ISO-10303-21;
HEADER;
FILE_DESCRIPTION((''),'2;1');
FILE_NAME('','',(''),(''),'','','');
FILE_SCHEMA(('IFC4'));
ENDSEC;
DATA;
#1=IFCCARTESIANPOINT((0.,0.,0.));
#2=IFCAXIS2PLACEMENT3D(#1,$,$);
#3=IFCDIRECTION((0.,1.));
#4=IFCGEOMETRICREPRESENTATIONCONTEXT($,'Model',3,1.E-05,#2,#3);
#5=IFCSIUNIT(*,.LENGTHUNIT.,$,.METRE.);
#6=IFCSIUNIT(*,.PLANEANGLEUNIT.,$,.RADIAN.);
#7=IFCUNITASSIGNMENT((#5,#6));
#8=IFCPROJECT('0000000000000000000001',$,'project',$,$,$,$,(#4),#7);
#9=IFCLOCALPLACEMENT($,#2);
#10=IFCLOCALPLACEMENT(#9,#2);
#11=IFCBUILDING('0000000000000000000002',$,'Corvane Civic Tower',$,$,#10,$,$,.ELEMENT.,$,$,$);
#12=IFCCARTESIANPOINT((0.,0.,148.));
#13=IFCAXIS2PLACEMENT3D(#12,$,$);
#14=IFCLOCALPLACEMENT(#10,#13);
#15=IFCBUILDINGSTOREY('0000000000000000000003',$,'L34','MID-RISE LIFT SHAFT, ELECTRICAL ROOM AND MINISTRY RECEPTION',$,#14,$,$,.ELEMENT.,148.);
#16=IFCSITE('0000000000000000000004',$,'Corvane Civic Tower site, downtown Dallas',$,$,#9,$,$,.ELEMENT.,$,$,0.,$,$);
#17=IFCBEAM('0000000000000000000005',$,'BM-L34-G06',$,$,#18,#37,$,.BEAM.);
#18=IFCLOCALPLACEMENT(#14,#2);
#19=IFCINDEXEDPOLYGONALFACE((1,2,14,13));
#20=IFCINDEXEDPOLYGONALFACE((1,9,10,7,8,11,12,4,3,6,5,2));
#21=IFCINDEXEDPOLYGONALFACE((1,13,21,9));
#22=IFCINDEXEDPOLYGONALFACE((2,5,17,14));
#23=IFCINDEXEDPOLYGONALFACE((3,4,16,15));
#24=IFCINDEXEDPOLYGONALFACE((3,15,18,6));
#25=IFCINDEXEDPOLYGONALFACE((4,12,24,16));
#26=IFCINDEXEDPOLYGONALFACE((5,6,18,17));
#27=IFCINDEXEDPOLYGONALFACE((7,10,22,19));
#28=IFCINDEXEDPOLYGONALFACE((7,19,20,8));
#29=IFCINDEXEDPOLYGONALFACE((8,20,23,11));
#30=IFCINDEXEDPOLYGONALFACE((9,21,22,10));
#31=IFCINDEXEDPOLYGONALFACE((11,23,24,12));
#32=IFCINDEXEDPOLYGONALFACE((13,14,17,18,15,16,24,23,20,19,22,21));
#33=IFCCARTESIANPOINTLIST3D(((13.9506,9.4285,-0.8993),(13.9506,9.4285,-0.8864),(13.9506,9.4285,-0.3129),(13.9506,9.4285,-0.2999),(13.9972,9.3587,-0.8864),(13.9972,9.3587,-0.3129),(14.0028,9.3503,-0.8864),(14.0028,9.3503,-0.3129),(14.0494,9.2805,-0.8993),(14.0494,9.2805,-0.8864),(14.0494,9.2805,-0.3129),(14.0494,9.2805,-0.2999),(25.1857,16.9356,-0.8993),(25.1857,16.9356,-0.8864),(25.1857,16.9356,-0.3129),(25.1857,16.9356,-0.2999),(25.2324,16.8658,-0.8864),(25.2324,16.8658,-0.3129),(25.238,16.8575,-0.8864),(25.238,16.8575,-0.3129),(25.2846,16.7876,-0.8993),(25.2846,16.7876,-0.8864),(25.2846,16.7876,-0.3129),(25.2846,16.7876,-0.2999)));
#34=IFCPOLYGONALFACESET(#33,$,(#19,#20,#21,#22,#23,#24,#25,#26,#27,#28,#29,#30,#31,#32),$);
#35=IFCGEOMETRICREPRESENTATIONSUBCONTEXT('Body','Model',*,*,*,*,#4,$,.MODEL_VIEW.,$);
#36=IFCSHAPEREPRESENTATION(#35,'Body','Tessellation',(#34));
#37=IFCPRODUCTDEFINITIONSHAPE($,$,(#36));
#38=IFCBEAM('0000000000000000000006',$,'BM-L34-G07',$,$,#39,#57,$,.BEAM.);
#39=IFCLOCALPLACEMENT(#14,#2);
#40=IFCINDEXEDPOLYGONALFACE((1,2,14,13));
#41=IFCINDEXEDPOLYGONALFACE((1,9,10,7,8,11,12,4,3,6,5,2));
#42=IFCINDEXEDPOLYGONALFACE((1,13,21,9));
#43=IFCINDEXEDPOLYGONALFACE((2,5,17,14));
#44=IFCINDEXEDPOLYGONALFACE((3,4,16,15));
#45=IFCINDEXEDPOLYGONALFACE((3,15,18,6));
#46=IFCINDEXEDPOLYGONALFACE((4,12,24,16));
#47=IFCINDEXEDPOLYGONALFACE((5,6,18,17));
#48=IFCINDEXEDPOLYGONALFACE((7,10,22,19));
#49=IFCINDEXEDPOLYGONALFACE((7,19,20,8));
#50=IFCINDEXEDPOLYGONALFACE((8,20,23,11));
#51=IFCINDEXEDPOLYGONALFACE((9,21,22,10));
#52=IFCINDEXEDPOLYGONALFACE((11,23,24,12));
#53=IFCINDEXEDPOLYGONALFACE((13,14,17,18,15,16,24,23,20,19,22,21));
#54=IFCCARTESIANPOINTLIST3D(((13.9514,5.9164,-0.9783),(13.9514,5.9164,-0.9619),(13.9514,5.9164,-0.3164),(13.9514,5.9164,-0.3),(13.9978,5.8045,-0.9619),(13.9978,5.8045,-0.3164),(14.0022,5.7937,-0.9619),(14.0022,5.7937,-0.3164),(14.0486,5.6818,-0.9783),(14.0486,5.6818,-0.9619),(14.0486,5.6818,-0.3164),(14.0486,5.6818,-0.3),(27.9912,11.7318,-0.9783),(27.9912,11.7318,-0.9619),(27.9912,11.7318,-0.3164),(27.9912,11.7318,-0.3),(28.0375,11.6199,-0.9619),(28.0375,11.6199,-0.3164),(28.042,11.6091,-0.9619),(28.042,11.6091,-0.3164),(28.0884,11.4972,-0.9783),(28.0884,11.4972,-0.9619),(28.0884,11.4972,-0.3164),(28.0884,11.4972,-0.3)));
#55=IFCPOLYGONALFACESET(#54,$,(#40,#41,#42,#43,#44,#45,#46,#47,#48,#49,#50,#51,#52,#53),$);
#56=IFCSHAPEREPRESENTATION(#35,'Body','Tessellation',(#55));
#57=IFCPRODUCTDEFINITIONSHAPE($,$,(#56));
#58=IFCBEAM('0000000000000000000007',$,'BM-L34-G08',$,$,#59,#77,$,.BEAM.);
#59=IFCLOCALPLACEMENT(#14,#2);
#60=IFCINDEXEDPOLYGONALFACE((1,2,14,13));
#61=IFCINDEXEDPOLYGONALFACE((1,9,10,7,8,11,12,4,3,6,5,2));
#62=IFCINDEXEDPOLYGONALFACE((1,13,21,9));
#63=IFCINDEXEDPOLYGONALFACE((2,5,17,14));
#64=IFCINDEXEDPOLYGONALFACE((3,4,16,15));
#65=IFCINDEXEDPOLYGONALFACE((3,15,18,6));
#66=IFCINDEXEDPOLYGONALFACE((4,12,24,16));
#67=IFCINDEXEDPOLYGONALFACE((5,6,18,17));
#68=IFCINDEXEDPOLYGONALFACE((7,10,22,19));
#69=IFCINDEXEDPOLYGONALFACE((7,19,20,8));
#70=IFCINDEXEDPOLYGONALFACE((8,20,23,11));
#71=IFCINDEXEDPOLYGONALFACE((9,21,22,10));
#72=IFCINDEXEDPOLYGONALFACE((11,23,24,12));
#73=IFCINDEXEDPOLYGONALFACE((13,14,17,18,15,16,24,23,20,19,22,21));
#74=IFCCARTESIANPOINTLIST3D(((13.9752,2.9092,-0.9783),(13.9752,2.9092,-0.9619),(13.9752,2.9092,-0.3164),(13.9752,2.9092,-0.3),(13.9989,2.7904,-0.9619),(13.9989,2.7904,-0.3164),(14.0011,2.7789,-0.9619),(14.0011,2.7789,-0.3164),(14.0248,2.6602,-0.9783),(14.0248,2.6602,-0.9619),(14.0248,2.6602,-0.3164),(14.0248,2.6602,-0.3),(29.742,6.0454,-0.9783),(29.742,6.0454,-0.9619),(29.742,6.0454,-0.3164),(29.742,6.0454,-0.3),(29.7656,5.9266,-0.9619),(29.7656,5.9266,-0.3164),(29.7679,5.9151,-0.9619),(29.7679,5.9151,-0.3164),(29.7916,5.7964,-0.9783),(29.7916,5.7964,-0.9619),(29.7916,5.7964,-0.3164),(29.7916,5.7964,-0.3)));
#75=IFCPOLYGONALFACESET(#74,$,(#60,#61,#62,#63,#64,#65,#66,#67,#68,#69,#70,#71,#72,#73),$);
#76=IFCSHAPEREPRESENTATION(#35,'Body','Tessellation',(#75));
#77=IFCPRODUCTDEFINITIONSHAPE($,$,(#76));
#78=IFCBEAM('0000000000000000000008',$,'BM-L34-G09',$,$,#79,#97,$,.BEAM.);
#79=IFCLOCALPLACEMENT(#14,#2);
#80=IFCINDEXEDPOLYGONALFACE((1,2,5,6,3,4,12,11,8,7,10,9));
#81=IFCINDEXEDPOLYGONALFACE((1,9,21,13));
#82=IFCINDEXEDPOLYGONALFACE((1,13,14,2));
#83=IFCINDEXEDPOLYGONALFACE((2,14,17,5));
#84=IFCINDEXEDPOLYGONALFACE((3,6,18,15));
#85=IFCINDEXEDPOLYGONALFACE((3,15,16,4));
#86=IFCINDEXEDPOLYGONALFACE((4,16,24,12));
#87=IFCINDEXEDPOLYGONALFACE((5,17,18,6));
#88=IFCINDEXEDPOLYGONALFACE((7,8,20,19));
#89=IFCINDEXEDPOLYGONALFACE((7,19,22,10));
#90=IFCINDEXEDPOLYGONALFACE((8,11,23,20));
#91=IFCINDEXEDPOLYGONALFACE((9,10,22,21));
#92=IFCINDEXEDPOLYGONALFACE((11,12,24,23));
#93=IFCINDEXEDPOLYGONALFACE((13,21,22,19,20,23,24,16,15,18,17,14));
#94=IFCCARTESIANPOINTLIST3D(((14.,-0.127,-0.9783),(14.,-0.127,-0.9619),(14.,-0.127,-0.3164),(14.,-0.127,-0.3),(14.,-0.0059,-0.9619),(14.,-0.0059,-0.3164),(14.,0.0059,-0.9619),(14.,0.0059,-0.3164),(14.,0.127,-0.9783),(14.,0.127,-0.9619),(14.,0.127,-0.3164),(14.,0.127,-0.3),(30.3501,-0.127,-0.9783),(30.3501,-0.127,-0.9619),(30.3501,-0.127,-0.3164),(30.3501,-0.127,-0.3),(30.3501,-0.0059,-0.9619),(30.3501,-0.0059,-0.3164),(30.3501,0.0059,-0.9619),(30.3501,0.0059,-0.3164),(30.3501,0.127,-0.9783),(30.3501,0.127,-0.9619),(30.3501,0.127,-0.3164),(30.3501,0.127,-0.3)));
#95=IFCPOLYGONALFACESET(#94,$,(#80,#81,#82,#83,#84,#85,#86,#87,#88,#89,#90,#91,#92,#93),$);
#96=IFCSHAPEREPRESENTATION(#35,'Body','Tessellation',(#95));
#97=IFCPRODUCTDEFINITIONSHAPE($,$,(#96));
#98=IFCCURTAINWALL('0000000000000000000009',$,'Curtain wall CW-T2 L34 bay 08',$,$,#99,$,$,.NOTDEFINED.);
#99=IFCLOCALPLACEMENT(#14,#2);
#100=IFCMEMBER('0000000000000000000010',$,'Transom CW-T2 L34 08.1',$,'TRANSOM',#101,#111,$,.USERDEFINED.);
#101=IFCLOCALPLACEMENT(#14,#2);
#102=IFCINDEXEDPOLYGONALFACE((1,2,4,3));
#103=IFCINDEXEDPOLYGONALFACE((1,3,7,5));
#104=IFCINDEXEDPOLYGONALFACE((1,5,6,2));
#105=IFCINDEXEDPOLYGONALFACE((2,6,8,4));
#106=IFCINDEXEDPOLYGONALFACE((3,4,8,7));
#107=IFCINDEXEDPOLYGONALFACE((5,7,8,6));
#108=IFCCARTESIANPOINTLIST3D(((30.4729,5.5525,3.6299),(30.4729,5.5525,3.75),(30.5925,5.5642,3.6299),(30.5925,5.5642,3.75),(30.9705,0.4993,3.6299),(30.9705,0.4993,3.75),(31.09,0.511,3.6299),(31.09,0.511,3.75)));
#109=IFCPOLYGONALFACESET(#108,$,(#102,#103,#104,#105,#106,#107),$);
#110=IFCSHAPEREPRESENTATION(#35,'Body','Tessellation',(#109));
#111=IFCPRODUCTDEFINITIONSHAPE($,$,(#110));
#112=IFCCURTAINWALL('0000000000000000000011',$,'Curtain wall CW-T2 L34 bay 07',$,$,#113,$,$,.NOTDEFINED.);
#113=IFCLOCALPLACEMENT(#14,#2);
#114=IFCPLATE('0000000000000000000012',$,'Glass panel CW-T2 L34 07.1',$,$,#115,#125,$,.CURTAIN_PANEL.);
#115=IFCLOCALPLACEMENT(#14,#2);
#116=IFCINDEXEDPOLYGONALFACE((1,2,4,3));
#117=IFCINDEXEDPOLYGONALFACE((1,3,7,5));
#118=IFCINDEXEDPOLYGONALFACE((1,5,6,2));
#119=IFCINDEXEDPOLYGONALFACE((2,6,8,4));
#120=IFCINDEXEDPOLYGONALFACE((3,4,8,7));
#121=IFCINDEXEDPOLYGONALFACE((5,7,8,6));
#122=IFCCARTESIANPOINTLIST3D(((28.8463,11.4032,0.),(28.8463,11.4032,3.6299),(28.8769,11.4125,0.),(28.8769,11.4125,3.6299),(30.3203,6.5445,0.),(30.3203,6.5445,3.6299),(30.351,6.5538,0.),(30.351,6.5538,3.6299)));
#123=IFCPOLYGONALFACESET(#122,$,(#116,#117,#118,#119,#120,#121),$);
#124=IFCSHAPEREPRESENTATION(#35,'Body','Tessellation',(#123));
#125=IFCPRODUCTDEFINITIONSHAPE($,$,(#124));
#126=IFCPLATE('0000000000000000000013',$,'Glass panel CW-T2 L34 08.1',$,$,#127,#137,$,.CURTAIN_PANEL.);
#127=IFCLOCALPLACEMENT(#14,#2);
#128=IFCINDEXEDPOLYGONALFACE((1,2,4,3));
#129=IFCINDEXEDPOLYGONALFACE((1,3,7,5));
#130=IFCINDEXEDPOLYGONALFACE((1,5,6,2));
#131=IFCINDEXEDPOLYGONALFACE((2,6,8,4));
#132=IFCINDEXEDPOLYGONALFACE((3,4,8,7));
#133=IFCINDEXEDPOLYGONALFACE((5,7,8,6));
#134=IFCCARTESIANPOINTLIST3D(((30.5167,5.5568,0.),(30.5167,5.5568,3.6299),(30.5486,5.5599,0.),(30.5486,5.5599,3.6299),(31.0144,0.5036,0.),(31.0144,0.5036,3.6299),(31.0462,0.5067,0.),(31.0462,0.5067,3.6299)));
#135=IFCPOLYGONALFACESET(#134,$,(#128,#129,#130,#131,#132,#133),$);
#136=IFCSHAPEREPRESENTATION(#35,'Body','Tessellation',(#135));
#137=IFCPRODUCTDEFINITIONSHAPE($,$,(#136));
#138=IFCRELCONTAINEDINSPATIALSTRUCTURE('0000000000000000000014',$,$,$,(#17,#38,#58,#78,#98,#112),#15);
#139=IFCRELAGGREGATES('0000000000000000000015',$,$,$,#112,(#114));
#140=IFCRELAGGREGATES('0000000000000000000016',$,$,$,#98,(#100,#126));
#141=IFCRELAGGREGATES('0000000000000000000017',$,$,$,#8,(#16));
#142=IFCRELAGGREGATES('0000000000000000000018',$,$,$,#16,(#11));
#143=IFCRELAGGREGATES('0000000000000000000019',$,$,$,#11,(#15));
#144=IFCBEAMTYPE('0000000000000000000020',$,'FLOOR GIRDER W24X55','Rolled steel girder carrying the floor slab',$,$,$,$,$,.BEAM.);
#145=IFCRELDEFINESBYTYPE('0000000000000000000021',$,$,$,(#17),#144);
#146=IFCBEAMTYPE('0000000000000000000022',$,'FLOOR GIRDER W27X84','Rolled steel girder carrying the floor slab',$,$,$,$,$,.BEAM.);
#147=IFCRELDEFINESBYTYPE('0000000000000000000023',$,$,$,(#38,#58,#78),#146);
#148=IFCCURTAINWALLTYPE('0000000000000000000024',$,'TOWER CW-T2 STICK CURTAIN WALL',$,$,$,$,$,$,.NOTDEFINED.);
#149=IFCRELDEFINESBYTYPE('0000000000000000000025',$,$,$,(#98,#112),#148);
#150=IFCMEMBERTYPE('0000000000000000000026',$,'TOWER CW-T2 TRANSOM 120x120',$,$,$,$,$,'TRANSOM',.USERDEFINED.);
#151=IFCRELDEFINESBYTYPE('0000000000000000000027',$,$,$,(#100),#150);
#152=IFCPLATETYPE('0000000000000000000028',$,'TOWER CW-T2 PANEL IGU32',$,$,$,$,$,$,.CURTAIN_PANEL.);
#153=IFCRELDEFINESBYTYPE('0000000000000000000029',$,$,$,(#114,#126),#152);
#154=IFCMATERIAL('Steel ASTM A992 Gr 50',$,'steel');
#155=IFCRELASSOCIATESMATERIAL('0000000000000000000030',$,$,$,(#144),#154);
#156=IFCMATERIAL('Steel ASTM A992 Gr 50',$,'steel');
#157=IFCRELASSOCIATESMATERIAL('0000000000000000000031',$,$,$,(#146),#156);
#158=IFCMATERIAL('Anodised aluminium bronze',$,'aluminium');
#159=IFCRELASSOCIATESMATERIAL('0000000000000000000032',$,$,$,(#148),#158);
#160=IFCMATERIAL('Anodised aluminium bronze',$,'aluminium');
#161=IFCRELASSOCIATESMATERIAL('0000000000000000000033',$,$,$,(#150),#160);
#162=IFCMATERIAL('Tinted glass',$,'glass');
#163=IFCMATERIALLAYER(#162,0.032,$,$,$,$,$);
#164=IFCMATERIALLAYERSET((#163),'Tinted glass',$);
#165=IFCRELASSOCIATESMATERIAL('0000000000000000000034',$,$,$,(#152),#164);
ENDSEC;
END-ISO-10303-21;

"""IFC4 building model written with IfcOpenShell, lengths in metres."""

from ifc_helpers import new_model, si_unit, direction, frame, origin, origin_2d, place, context, subcontext, project, spatial, rectangle, i_section, extrude, material, layer, layer_set, material_profile, profile_set, type_object, element, aggregate, save


model = new_model("IFC4")

# Units and contexts
model_context = context("Model", 3, precision=1e-05, world=origin(), true_north=direction((0.0, 1.0)))
body_context = subcontext(model_context, "Body", "Model", "MODEL_VIEW")
ifc_project = project(units=[si_unit("LENGTHUNIT", "METRE"), si_unit("PLANEANGLEUNIT", "RADIAN")], contexts=[model_context])

# Site, building, storey
site_placement = place(None, origin())
site = spatial("IfcSite", under=ifc_project, at=site_placement, Name="Corvane Civic Tower site, downtown Dallas", CompositionType="ELEMENT", RefElevation=0.0)
building_placement = place(site_placement, origin())
building = spatial("IfcBuilding", under=site, at=building_placement, Name="Corvane Civic Tower", CompositionType="ELEMENT")
storey_placement = place(building_placement, frame((0.0, 0.0, 148.0)))
storey = spatial("IfcBuildingStorey", under=building, at=storey_placement, Name="L34", Description="MID-RISE LIFT SHAFT, ELECTRICAL ROOM AND MINISTRY RECEPTION", CompositionType="ELEMENT", Elevation=148.0)

# Beams
ifc_material_1 = material(Name="Steel ASTM A992 Gr 50", Category="steel")
ifc_material_profile_1 = material_profile(ifc_material_1, i_section(OverallWidth=0.178, OverallDepth=0.5994, WebThickness=0.01, FlangeThickness=0.0129, at=origin_2d()), Name="W24X55")
ifc_profile_set_1 = profile_set([ifc_material_profile_1], Name="Steel ASTM A992 Gr 50")
beam_type_1 = type_object("IfcBeamType", Name="FLOOR GIRDER W24X55", Description="Rolled steel girder carrying the floor slab", PredefinedType="BEAM", material=ifc_profile_set_1)
beam_1_placement = place(storey_placement, frame((14.0, 9.3545, -0.5996), z_axis=(0.831469, 0.555571, 0.0), x_axis=(-0.555571, 0.831469, 0.0)))
element("IfcBeam", 1, at=beam_1_placement, inside=storey, type_object=beam_type_1, Name="BM-L34-G06", PredefinedType="BEAM", context=body_context, shape_type="SweptSolid", body=[
    extrude(i_section(OverallWidth=0.178, OverallDepth=0.5994, WebThickness=0.01, FlangeThickness=0.0129, at=origin_2d()), origin(), (0.0, 0.0, 1.0), 13.5125),
])
ifc_material_2 = material(Name="Steel ASTM A992 Gr 50", Category="steel")
ifc_material_profile_2 = material_profile(ifc_material_2, i_section(OverallWidth=0.2539, OverallDepth=0.6782, WebThickness=0.0117, FlangeThickness=0.0164, at=origin_2d()), Name="W27X84")
ifc_profile_set_2 = profile_set([ifc_material_profile_2], Name="Steel ASTM A992 Gr 50")
beam_type_2 = type_object("IfcBeamType", Name="FLOOR GIRDER W27X84", Description="Rolled steel girder carrying the floor slab", PredefinedType="BEAM", material=ifc_profile_set_2)
beam_2_placement = place(storey_placement, frame((14.0, 5.7991, -0.6392), z_axis=(0.923881, 0.382681, 0.0), x_axis=(-0.382681, 0.923881, 0.0)))
element("IfcBeam", 2, at=beam_2_placement, inside=storey, type_object=beam_type_2, Name="BM-L34-G07", PredefinedType="BEAM", context=body_context, shape_type="SweptSolid", body=[
    extrude(i_section(OverallWidth=0.2539, OverallDepth=0.6782, WebThickness=0.0117, FlangeThickness=0.0164, at=origin_2d()), origin(), (0.0, 0.0, 1.0), 15.1965),
])
beam_3_placement = place(storey_placement, frame((14.0, 2.7847, -0.6392), z_axis=(0.980785, 0.195091, 0.0), x_axis=(-0.195091, 0.980785, 0.0)))
element("IfcBeam", 3, at=beam_3_placement, inside=storey, type_object=beam_type_2, Name="BM-L34-G08", PredefinedType="BEAM", context=body_context, shape_type="SweptSolid", body=[
    extrude(i_section(OverallWidth=0.2539, OverallDepth=0.6782, WebThickness=0.0117, FlangeThickness=0.0164, at=origin_2d()), origin(), (0.0, 0.0, 1.0), 16.0757),
])
beam_4_placement = place(storey_placement, frame((14.0, 0.0, -0.6392), z_axis=(1.0, 0.0, 0.0), x_axis=(0.0, 1.0, 0.0)))
element("IfcBeam", 4, at=beam_4_placement, inside=storey, type_object=beam_type_2, Name="BM-L34-G09", PredefinedType="BEAM", context=body_context, shape_type="SweptSolid", body=[
    extrude(i_section(OverallWidth=0.2539, OverallDepth=0.6782, WebThickness=0.0117, FlangeThickness=0.0164, at=origin_2d()), origin(), (0.0, 0.0, 1.0), 16.3501),
])

# Curtain wall, member
ifc_material_3 = material(Name="Anodised aluminium bronze", Category="aluminium")
curtain_wall_type = type_object("IfcCurtainWallType", Name="TOWER CW-T2 STICK CURTAIN WALL", PredefinedType="NOTDEFINED", material=ifc_material_3)
curtain_wall_1_placement = place(storey_placement, origin())
curtain_wall_1 = element("IfcCurtainWall", 5, at=curtain_wall_1_placement, inside=storey, type_object=curtain_wall_type, Name="Curtain wall CW-T2 L34 bay 08", PredefinedType="NOTDEFINED")
ifc_material_4 = material(Name="Anodised aluminium bronze", Category="aluminium")
ifc_material_profile_3 = material_profile(ifc_material_4, rectangle(XDim=0.1201, YDim=0.1201, at=origin_2d()), Name="TOWER CW-T2 TRANSOM 120x120")
ifc_profile_set_3 = profile_set([ifc_material_profile_3], Name="Anodised aluminium bronze")
member_type = type_object("IfcMemberType", Name="TOWER CW-T2 TRANSOM 120x120", ElementType="TRANSOM", PredefinedType="USERDEFINED", material=ifc_profile_set_3)
member_placement = place(storey_placement, frame((30.5327, 5.5583, 3.6899), z_axis=(0.09799, -0.995187, 0.0), x_axis=(0.995187, 0.09799, 0.0)))
member = element("IfcMember", 6, at=member_placement, type_object=member_type, Name="Transom CW-T2 L34 08.1", ObjectType="TRANSOM", PredefinedType="USERDEFINED", context=body_context, shape_type="SweptSolid", body=[
    extrude(rectangle(XDim=0.1201, YDim=0.1201, at=origin_2d()), origin(), (0.0, 0.0, 1.0), 5.0776),
])

# Curtain wall, plate
curtain_wall_2_placement = place(storey_placement, origin())
curtain_wall_2 = element("IfcCurtainWall", 7, at=curtain_wall_2_placement, inside=storey, type_object=curtain_wall_type, Name="Curtain wall CW-T2 L34 bay 07", PredefinedType="NOTDEFINED")
ifc_material_5 = material(Name="Tinted glass", Category="glass")
ifc_layer_1 = layer(ifc_material_5, 0.032)
ifc_layer_set_1 = layer_set([ifc_layer_1], Name="Tinted glass")
plate_type = type_object("IfcPlateType", Name="TOWER CW-T2 PANEL IGU32", PredefinedType="CURTAIN_PANEL", material=ifc_layer_set_1)
plate_1_placement = place(storey_placement, frame((29.5986, 8.9785, 0.0), z_axis=(0.0, 0.0, 1.0), x_axis=(0.290313, -0.956932, 0.0)))
plate_1 = element("IfcPlate", 8, at=plate_1_placement, type_object=plate_type, Name="Glass panel CW-T2 L34 07.1", PredefinedType="CURTAIN_PANEL", context=body_context, shape_type="SweptSolid", body=[
    extrude(rectangle(XDim=5.0774, YDim=0.032, at=origin_2d()), origin(), (0.0, 0.0, 1.0), 3.6299),
])
aggregate(curtain_wall_2, [plate_1])

# Plate
plate_2_placement = place(storey_placement, frame((30.7815, 3.0317, 0.0), z_axis=(0.0, 0.0, 1.0), x_axis=(0.098012, -0.995185, 0.0)))
plate_2 = element("IfcPlate", 9, at=plate_2_placement, type_object=plate_type, Name="Glass panel CW-T2 L34 08.1", PredefinedType="CURTAIN_PANEL", context=body_context, shape_type="SweptSolid", body=[
    extrude(rectangle(XDim=5.0776, YDim=0.032, at=origin_2d()), origin(), (0.0, 0.0, 1.0), 3.6299),
])
aggregate(curtain_wall_1, [member, plate_2])

save(model, "model.ifc")
